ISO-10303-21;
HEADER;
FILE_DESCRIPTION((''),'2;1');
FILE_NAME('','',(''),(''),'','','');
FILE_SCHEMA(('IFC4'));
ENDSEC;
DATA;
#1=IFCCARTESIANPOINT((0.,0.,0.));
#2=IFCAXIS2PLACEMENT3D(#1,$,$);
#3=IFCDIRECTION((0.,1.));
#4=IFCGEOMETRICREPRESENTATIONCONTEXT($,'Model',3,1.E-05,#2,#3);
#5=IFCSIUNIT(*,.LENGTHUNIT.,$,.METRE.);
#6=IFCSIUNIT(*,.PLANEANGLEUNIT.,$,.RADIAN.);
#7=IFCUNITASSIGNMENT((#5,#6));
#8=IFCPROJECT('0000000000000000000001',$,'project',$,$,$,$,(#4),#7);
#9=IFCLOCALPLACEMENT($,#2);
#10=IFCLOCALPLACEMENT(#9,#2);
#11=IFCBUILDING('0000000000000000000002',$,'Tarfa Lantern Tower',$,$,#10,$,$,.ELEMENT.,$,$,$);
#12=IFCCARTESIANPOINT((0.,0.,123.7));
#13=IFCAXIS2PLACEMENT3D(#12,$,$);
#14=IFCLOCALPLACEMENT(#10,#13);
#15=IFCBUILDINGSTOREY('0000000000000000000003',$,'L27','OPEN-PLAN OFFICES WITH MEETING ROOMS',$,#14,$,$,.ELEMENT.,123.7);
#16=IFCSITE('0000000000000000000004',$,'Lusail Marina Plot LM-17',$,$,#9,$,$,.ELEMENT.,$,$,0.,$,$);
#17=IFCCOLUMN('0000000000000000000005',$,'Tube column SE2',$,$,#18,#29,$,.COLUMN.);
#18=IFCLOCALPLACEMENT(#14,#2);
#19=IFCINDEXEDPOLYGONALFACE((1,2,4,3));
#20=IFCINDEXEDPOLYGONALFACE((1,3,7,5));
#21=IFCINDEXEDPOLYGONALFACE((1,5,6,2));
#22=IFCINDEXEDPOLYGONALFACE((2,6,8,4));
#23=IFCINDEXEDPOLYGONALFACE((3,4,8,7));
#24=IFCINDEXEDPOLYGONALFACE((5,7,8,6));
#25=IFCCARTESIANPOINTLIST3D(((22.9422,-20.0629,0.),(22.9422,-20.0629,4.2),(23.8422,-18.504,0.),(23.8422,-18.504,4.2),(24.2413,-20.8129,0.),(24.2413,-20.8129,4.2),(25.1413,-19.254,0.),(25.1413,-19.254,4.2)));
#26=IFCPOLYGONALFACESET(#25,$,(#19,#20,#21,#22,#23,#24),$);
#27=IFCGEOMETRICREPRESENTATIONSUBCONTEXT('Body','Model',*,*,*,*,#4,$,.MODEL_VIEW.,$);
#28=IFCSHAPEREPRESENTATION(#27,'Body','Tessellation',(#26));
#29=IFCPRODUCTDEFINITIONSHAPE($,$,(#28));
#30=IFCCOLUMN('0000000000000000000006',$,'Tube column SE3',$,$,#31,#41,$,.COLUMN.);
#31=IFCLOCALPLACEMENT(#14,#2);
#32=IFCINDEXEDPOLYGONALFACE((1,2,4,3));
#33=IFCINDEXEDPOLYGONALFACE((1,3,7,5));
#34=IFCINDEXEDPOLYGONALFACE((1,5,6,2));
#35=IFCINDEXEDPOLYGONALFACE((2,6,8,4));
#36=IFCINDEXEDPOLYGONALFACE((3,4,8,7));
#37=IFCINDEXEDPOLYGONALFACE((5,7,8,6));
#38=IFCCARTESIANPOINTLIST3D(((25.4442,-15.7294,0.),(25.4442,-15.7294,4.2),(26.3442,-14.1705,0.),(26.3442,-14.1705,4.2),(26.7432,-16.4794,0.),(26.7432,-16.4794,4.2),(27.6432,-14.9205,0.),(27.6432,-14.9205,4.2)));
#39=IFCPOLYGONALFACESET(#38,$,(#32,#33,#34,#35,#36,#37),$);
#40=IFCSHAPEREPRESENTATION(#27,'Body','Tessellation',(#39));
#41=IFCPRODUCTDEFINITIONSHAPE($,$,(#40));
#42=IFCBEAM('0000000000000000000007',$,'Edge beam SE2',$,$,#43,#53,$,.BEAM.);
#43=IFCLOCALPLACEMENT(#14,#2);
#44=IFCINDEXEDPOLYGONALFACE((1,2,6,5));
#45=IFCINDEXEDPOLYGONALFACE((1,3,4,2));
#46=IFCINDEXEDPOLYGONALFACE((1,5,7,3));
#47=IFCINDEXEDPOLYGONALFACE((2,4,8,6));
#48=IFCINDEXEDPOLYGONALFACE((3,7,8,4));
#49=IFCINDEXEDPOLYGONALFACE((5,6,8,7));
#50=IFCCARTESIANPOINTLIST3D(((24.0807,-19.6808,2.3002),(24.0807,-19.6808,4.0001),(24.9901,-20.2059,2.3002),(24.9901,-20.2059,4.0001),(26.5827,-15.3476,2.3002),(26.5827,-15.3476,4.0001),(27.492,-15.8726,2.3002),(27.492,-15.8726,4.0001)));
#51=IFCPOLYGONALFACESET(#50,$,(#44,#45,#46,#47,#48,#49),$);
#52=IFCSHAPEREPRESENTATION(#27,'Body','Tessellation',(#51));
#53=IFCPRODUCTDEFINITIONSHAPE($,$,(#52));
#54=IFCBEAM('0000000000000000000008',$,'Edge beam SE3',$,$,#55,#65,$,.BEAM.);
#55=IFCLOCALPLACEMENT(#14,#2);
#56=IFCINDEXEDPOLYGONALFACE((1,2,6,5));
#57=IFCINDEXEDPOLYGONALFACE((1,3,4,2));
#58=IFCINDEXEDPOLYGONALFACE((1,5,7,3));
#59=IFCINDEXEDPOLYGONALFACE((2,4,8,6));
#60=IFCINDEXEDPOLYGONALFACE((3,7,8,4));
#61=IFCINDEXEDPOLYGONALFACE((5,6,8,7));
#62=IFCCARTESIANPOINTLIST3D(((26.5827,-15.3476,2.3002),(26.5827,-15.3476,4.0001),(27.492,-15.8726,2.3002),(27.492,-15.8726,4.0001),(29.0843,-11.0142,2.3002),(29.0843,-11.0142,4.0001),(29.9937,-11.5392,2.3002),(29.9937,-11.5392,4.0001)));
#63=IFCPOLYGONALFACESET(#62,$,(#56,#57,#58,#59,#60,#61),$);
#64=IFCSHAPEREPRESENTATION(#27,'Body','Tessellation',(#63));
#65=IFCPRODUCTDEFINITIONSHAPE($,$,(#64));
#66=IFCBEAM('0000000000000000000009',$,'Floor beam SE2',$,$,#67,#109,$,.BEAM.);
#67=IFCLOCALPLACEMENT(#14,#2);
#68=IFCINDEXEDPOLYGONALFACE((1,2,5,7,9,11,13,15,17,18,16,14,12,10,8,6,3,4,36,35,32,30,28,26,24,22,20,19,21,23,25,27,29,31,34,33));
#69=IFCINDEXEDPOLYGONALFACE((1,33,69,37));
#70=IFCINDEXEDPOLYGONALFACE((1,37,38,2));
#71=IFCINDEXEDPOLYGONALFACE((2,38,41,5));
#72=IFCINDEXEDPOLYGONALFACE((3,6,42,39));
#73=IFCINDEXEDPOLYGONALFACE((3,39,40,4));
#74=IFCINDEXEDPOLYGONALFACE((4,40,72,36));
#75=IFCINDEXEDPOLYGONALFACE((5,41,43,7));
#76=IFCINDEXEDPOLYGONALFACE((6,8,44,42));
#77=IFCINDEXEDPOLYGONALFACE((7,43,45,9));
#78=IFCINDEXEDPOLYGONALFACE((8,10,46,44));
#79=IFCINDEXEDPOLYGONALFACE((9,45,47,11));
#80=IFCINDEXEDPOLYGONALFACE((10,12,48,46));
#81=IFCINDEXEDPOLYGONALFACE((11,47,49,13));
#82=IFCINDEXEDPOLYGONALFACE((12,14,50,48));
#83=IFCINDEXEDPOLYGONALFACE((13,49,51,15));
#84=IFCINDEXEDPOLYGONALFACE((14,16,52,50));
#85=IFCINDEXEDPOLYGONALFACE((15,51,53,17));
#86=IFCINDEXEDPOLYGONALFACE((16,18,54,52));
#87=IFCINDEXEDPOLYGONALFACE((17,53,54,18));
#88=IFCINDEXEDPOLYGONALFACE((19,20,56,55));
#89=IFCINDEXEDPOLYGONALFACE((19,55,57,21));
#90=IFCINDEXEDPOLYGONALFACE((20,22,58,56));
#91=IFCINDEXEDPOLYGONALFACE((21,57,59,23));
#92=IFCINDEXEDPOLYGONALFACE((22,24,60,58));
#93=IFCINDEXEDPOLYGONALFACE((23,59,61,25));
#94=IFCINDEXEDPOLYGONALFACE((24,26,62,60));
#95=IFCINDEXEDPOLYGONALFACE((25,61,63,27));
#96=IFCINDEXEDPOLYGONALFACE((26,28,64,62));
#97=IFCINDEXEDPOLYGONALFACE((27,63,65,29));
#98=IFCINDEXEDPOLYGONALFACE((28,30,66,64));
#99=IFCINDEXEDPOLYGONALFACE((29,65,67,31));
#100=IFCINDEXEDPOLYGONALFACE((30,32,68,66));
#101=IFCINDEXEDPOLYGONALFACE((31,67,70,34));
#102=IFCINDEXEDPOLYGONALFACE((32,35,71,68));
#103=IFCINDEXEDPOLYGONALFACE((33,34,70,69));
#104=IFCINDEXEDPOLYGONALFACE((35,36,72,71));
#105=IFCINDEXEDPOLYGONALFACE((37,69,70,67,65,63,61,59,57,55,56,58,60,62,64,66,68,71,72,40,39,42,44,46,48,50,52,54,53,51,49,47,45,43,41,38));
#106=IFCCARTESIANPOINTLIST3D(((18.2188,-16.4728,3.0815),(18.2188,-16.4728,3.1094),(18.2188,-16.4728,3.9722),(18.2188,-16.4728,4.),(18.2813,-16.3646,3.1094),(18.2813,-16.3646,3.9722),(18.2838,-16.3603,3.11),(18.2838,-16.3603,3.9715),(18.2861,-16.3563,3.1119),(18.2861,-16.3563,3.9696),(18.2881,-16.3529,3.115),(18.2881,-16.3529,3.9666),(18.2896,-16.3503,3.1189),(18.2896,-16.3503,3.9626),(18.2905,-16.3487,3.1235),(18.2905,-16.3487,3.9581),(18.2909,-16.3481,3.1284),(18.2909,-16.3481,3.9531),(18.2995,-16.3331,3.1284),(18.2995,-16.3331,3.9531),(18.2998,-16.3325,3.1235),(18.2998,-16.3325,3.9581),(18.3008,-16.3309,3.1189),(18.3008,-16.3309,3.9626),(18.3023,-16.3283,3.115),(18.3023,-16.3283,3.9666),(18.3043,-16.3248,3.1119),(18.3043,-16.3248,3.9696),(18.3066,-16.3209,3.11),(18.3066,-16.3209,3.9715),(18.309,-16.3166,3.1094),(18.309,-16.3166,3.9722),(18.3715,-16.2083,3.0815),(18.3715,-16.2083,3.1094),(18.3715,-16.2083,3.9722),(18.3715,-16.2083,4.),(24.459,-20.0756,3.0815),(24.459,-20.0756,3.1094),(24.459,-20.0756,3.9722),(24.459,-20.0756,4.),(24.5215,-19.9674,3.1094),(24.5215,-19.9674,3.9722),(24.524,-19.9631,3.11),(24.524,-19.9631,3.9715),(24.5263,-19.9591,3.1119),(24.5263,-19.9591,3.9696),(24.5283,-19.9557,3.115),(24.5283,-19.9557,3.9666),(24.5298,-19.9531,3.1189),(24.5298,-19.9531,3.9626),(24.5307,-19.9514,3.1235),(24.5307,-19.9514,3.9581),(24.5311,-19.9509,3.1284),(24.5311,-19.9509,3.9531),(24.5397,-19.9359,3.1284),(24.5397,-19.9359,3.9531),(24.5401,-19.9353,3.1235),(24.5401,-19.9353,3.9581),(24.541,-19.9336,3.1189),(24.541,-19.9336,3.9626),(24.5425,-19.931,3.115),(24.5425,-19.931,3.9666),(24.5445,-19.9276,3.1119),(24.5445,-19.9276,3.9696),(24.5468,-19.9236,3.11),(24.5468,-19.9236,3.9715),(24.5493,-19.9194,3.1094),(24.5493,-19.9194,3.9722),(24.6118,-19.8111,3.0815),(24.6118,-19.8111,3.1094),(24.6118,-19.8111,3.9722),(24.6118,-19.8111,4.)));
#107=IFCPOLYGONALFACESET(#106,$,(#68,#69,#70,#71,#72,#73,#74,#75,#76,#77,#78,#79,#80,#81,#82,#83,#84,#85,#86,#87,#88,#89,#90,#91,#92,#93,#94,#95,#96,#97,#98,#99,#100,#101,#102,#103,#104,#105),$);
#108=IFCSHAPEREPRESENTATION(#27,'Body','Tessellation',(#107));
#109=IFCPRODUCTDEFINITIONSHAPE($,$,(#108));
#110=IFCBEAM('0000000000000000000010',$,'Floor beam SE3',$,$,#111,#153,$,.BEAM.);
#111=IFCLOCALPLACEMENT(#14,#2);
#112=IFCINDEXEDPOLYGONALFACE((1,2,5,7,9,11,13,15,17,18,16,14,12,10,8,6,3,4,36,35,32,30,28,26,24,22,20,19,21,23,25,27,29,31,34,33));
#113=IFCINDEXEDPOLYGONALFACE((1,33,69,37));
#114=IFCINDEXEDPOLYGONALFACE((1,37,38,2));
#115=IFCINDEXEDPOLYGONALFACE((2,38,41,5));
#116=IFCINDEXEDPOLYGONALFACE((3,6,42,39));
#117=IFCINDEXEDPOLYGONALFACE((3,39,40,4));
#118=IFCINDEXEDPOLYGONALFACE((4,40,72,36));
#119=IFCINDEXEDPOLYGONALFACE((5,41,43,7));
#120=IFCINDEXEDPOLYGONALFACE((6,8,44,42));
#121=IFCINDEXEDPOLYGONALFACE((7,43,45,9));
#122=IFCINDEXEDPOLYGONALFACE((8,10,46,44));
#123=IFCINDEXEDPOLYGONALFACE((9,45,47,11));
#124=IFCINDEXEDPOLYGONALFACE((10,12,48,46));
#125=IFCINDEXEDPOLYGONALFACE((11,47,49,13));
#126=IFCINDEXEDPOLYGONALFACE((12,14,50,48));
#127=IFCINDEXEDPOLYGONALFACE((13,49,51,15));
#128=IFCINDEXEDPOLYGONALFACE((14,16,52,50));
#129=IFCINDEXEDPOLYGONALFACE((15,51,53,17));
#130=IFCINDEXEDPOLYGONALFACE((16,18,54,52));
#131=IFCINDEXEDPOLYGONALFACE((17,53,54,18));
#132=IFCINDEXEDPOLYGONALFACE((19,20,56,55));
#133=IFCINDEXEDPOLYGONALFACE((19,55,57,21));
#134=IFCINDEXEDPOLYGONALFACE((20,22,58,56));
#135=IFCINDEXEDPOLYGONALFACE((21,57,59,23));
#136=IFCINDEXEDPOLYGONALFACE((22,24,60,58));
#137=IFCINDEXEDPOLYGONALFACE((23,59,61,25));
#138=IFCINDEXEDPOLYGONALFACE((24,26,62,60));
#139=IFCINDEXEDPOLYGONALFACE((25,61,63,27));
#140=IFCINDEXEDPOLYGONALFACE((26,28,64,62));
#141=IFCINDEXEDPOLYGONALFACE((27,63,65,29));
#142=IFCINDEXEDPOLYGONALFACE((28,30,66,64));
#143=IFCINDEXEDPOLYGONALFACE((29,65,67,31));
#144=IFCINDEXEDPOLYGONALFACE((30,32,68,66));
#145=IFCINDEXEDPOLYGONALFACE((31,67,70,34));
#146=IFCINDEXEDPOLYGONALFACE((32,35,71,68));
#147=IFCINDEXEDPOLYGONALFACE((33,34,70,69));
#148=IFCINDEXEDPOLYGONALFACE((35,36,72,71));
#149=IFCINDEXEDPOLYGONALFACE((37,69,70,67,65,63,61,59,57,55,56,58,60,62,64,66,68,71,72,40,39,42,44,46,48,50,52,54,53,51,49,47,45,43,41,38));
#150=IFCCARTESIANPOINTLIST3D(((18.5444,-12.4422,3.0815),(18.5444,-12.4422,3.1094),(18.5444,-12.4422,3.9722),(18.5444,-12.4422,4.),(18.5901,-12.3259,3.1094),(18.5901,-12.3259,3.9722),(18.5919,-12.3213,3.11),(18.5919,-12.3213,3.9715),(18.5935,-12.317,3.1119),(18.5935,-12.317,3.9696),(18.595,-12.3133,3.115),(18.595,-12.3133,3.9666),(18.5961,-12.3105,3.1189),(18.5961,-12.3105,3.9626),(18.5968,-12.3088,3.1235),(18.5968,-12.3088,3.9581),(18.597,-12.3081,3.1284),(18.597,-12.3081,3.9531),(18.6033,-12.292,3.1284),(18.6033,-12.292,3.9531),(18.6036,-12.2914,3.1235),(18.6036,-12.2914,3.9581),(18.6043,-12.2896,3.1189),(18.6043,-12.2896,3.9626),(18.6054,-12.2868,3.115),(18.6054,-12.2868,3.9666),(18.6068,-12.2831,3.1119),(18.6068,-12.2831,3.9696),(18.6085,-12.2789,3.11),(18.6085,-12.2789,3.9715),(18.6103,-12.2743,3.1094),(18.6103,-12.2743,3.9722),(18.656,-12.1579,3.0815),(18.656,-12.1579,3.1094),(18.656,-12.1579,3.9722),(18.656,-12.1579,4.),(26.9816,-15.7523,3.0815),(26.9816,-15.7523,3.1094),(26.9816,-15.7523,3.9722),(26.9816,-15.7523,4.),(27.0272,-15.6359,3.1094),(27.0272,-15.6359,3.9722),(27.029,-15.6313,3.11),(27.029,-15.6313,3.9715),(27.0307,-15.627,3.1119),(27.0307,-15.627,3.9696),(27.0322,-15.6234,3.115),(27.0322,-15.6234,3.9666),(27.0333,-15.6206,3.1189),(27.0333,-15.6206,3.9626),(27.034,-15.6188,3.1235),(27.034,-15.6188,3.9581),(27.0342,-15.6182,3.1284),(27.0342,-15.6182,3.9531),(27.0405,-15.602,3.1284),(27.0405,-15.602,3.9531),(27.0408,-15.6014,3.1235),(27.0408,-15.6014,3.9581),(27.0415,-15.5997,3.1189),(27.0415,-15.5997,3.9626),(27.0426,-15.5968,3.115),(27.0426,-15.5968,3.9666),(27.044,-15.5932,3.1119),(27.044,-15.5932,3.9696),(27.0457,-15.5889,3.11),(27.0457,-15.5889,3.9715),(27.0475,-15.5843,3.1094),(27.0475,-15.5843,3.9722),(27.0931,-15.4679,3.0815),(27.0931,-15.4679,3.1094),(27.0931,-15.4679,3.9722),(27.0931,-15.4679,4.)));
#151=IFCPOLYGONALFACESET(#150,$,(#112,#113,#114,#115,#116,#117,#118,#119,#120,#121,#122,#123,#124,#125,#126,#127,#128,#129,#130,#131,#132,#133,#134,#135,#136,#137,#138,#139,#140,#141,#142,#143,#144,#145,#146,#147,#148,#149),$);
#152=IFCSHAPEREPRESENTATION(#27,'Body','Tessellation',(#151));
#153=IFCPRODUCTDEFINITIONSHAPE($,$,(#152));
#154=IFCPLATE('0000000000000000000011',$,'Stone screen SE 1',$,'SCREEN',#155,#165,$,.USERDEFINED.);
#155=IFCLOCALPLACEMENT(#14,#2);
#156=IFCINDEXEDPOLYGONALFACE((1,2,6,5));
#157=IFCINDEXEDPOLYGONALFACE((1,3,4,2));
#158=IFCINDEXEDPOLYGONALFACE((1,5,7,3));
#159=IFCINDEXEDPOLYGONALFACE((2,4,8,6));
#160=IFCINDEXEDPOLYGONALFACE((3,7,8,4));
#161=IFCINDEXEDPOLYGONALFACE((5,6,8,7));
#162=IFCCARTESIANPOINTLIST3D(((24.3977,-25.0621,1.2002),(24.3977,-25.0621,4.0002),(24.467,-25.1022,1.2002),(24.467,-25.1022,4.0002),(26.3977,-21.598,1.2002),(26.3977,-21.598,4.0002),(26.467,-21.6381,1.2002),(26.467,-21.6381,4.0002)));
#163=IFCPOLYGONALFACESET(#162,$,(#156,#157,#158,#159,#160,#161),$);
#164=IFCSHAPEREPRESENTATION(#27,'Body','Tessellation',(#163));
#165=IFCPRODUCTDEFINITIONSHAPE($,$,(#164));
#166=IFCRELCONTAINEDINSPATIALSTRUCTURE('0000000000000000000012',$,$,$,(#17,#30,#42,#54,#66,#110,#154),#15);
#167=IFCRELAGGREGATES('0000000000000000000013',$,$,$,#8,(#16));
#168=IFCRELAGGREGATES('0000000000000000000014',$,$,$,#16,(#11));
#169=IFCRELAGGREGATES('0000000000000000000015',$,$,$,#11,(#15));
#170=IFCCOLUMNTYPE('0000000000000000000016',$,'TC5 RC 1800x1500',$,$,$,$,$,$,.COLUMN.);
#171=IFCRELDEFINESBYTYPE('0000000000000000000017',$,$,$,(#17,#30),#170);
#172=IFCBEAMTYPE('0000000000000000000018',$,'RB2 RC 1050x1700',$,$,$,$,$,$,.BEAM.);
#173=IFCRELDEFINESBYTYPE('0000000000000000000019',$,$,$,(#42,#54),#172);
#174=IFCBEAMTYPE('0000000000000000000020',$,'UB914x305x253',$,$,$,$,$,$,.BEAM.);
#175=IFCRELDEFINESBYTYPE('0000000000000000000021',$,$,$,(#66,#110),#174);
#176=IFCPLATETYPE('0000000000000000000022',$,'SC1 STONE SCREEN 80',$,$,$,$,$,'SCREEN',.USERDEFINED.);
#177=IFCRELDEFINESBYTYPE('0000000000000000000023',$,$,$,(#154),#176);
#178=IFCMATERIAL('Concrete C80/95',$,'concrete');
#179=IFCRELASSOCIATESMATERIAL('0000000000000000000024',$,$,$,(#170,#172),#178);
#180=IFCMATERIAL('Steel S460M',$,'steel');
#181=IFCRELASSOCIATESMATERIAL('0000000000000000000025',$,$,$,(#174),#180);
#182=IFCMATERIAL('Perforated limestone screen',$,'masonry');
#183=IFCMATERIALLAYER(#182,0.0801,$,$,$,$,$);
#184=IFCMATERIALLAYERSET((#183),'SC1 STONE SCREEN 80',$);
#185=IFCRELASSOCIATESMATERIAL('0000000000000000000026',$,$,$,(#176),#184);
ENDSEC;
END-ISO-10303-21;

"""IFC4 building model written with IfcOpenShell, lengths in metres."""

from ifc_helpers import new_model, si_unit, direction, frame, origin, origin_2d, place, context, subcontext, project, spatial, rectangle, i_section, extrude, material, layer, layer_set, material_profile, profile_set, type_object, element, save


model = new_model("IFC4")

# Units and contexts
model_context = context("Model", 3, precision=1e-05, world=origin(), true_north=direction((0.0, 1.0)))
body_context = subcontext(model_context, "Body", "Model", "MODEL_VIEW")
ifc_project = project(units=[si_unit("LENGTHUNIT", "METRE"), si_unit("PLANEANGLEUNIT", "RADIAN")], contexts=[model_context])

# Site, building, storey
site_placement = place(None, origin())
site = spatial("IfcSite", under=ifc_project, at=site_placement, Name="Lusail Marina Plot LM-17", CompositionType="ELEMENT", RefElevation=0.0)
building_placement = place(site_placement, origin())
building = spatial("IfcBuilding", under=site, at=building_placement, Name="Tarfa Lantern Tower", CompositionType="ELEMENT")
storey_placement = place(building_placement, frame((0.0, 0.0, 123.7)))
storey = spatial("IfcBuildingStorey", under=building, at=storey_placement, Name="L27", Description="OPEN-PLAN OFFICES WITH MEETING ROOMS", CompositionType="ELEMENT", Elevation=123.7)

# Columns
ifc_material_1 = material(Name="Concrete C80/95", Category="concrete")
ifc_material_profile_1 = material_profile(ifc_material_1, rectangle(XDim=1.8, YDim=1.5, at=origin_2d()), Name="RC 1800x1500")
ifc_profile_set_1 = profile_set([ifc_material_profile_1], Name="Concrete C80/95")
column_type = type_object("IfcColumnType", Name="TC5 RC 1800x1500", PredefinedType="COLUMN", material=ifc_profile_set_1)
for number, where, z_axis, x_axis, name in (
    (1, (24.0417, -19.6584, 0.0), (0.0, 0.0, 1.0), (0.5, 0.866025, 0.0), "Tube column SE2"),
    (2, (26.5437, -15.325, 0.0), (0.0, 0.0, 1.0), (0.5, 0.866025, 0.0), "Tube column SE3"),
):
    element("IfcColumn", number, at=place(storey_placement, frame(where, z_axis=z_axis, x_axis=x_axis)), inside=storey, type_object=column_type, Name=name, PredefinedType="COLUMN", context=body_context, shape_type="SweptSolid", body=[
        extrude(rectangle(XDim=1.8, YDim=1.5, at=origin_2d()), origin(), (0.0, 0.0, 1.0), 4.2),
    ])

# Beams
ifc_material_profile_2 = material_profile(ifc_material_1, rectangle(XDim=1.05, YDim=1.7, at=origin_2d()), Name="RC 1050x1700")
ifc_profile_set_2 = profile_set([ifc_material_profile_2], Name="Concrete C80/95")
beam_type_1 = type_object("IfcBeamType", Name="RB2 RC 1050x1700", PredefinedType="BEAM", material=ifc_profile_set_2)
for number, where, z_axis, x_axis, name in (
    (3, (24.5354, -19.9434, 3.1501), (0.500022, 0.866013, 0.0), (-0.866013, 0.500022, 0.0), "Edge beam SE2"),
    (4, (27.0374, -15.6101, 3.1501), (0.499965, 0.866046, 0.0), (-0.866046, 0.499965, 0.0), "Edge beam SE3"),
):
    element("IfcBeam", number, at=place(storey_placement, frame(where, z_axis=z_axis, x_axis=x_axis)), inside=storey, type_object=beam_type_1, Name=name, PredefinedType="BEAM", context=body_context, shape_type="SweptSolid", body=[
        extrude(rectangle(XDim=1.05, YDim=1.7, at=origin_2d()), origin(), (0.0, 0.0, 1.0), 5.0037),
    ])
ifc_material_2 = material(Name="Steel S460M", Category="steel")
ifc_material_profile_3 = material_profile(ifc_material_2, i_section(OverallWidth=0.3054, OverallDepth=0.9185, WebThickness=0.0173, FlangeThickness=0.0278, FilletRadius=0.019, at=origin_2d()), Name="UB914x305x253")
ifc_profile_set_3 = profile_set([ifc_material_profile_3], Name="Steel S460M")
beam_type_2 = type_object("IfcBeamType", Name="UB914x305x253", PredefinedType="BEAM", material=ifc_profile_set_3)
beam_1_placement = place(storey_placement, frame((24.5354, -19.9434, 3.5408), z_axis=(-0.866026, 0.499998, 0.0), x_axis=(-0.499998, -0.866026, 0.0)))
element("IfcBeam", 5, at=beam_1_placement, inside=storey, type_object=beam_type_2, Name="Floor beam SE2", PredefinedType="BEAM", context=body_context, shape_type="SweptSolid", body=[
    extrude(i_section(OverallWidth=0.3054, OverallDepth=0.9185, WebThickness=0.0173, FlangeThickness=0.0278, FilletRadius=0.019, at=origin_2d()), origin(), (0.0, 0.0, 1.0), 7.2056),
])
beam_2_placement = place(storey_placement, frame((27.0374, -15.6101, 3.5408), z_axis=(-0.930923, 0.365215, 0.0), x_axis=(-0.365215, -0.930923, 0.0)))
element("IfcBeam", 6, at=beam_2_placement, inside=storey, type_object=beam_type_2, Name="Floor beam SE3", PredefinedType="BEAM", context=body_context, shape_type="SweptSolid", body=[
    extrude(i_section(OverallWidth=0.3054, OverallDepth=0.9185, WebThickness=0.0173, FlangeThickness=0.0278, FilletRadius=0.019, at=origin_2d()), origin(), (0.0, 0.0, 1.0), 9.0632),
])

# Plate
ifc_material_3 = material(Name="Perforated limestone screen", Category="masonry")
ifc_layer_1 = layer(ifc_material_3, 0.0801)
ifc_layer_set_1 = layer_set([ifc_layer_1], Name="SC1 STONE SCREEN 80")
plate_type = type_object("IfcPlateType", Name="SC1 STONE SCREEN 80", ElementType="SCREEN", PredefinedType="USERDEFINED", material=ifc_layer_set_1)
plate_placement = place(storey_placement, frame((25.4324, -23.3501, 1.2002), z_axis=(0.0, 0.0, 1.0), x_axis=(0.5, 0.866025, 0.0)))
element("IfcPlate", 7, at=plate_placement, inside=storey, type_object=plate_type, Name="Stone screen SE 1", ObjectType="SCREEN", PredefinedType="USERDEFINED", context=body_context, shape_type="SweptSolid", body=[
    extrude(rectangle(XDim=4.0, YDim=0.0801, at=origin_2d()), origin(), (0.0, 0.0, 1.0), 2.8),
])

save(model, "model.ifc")
